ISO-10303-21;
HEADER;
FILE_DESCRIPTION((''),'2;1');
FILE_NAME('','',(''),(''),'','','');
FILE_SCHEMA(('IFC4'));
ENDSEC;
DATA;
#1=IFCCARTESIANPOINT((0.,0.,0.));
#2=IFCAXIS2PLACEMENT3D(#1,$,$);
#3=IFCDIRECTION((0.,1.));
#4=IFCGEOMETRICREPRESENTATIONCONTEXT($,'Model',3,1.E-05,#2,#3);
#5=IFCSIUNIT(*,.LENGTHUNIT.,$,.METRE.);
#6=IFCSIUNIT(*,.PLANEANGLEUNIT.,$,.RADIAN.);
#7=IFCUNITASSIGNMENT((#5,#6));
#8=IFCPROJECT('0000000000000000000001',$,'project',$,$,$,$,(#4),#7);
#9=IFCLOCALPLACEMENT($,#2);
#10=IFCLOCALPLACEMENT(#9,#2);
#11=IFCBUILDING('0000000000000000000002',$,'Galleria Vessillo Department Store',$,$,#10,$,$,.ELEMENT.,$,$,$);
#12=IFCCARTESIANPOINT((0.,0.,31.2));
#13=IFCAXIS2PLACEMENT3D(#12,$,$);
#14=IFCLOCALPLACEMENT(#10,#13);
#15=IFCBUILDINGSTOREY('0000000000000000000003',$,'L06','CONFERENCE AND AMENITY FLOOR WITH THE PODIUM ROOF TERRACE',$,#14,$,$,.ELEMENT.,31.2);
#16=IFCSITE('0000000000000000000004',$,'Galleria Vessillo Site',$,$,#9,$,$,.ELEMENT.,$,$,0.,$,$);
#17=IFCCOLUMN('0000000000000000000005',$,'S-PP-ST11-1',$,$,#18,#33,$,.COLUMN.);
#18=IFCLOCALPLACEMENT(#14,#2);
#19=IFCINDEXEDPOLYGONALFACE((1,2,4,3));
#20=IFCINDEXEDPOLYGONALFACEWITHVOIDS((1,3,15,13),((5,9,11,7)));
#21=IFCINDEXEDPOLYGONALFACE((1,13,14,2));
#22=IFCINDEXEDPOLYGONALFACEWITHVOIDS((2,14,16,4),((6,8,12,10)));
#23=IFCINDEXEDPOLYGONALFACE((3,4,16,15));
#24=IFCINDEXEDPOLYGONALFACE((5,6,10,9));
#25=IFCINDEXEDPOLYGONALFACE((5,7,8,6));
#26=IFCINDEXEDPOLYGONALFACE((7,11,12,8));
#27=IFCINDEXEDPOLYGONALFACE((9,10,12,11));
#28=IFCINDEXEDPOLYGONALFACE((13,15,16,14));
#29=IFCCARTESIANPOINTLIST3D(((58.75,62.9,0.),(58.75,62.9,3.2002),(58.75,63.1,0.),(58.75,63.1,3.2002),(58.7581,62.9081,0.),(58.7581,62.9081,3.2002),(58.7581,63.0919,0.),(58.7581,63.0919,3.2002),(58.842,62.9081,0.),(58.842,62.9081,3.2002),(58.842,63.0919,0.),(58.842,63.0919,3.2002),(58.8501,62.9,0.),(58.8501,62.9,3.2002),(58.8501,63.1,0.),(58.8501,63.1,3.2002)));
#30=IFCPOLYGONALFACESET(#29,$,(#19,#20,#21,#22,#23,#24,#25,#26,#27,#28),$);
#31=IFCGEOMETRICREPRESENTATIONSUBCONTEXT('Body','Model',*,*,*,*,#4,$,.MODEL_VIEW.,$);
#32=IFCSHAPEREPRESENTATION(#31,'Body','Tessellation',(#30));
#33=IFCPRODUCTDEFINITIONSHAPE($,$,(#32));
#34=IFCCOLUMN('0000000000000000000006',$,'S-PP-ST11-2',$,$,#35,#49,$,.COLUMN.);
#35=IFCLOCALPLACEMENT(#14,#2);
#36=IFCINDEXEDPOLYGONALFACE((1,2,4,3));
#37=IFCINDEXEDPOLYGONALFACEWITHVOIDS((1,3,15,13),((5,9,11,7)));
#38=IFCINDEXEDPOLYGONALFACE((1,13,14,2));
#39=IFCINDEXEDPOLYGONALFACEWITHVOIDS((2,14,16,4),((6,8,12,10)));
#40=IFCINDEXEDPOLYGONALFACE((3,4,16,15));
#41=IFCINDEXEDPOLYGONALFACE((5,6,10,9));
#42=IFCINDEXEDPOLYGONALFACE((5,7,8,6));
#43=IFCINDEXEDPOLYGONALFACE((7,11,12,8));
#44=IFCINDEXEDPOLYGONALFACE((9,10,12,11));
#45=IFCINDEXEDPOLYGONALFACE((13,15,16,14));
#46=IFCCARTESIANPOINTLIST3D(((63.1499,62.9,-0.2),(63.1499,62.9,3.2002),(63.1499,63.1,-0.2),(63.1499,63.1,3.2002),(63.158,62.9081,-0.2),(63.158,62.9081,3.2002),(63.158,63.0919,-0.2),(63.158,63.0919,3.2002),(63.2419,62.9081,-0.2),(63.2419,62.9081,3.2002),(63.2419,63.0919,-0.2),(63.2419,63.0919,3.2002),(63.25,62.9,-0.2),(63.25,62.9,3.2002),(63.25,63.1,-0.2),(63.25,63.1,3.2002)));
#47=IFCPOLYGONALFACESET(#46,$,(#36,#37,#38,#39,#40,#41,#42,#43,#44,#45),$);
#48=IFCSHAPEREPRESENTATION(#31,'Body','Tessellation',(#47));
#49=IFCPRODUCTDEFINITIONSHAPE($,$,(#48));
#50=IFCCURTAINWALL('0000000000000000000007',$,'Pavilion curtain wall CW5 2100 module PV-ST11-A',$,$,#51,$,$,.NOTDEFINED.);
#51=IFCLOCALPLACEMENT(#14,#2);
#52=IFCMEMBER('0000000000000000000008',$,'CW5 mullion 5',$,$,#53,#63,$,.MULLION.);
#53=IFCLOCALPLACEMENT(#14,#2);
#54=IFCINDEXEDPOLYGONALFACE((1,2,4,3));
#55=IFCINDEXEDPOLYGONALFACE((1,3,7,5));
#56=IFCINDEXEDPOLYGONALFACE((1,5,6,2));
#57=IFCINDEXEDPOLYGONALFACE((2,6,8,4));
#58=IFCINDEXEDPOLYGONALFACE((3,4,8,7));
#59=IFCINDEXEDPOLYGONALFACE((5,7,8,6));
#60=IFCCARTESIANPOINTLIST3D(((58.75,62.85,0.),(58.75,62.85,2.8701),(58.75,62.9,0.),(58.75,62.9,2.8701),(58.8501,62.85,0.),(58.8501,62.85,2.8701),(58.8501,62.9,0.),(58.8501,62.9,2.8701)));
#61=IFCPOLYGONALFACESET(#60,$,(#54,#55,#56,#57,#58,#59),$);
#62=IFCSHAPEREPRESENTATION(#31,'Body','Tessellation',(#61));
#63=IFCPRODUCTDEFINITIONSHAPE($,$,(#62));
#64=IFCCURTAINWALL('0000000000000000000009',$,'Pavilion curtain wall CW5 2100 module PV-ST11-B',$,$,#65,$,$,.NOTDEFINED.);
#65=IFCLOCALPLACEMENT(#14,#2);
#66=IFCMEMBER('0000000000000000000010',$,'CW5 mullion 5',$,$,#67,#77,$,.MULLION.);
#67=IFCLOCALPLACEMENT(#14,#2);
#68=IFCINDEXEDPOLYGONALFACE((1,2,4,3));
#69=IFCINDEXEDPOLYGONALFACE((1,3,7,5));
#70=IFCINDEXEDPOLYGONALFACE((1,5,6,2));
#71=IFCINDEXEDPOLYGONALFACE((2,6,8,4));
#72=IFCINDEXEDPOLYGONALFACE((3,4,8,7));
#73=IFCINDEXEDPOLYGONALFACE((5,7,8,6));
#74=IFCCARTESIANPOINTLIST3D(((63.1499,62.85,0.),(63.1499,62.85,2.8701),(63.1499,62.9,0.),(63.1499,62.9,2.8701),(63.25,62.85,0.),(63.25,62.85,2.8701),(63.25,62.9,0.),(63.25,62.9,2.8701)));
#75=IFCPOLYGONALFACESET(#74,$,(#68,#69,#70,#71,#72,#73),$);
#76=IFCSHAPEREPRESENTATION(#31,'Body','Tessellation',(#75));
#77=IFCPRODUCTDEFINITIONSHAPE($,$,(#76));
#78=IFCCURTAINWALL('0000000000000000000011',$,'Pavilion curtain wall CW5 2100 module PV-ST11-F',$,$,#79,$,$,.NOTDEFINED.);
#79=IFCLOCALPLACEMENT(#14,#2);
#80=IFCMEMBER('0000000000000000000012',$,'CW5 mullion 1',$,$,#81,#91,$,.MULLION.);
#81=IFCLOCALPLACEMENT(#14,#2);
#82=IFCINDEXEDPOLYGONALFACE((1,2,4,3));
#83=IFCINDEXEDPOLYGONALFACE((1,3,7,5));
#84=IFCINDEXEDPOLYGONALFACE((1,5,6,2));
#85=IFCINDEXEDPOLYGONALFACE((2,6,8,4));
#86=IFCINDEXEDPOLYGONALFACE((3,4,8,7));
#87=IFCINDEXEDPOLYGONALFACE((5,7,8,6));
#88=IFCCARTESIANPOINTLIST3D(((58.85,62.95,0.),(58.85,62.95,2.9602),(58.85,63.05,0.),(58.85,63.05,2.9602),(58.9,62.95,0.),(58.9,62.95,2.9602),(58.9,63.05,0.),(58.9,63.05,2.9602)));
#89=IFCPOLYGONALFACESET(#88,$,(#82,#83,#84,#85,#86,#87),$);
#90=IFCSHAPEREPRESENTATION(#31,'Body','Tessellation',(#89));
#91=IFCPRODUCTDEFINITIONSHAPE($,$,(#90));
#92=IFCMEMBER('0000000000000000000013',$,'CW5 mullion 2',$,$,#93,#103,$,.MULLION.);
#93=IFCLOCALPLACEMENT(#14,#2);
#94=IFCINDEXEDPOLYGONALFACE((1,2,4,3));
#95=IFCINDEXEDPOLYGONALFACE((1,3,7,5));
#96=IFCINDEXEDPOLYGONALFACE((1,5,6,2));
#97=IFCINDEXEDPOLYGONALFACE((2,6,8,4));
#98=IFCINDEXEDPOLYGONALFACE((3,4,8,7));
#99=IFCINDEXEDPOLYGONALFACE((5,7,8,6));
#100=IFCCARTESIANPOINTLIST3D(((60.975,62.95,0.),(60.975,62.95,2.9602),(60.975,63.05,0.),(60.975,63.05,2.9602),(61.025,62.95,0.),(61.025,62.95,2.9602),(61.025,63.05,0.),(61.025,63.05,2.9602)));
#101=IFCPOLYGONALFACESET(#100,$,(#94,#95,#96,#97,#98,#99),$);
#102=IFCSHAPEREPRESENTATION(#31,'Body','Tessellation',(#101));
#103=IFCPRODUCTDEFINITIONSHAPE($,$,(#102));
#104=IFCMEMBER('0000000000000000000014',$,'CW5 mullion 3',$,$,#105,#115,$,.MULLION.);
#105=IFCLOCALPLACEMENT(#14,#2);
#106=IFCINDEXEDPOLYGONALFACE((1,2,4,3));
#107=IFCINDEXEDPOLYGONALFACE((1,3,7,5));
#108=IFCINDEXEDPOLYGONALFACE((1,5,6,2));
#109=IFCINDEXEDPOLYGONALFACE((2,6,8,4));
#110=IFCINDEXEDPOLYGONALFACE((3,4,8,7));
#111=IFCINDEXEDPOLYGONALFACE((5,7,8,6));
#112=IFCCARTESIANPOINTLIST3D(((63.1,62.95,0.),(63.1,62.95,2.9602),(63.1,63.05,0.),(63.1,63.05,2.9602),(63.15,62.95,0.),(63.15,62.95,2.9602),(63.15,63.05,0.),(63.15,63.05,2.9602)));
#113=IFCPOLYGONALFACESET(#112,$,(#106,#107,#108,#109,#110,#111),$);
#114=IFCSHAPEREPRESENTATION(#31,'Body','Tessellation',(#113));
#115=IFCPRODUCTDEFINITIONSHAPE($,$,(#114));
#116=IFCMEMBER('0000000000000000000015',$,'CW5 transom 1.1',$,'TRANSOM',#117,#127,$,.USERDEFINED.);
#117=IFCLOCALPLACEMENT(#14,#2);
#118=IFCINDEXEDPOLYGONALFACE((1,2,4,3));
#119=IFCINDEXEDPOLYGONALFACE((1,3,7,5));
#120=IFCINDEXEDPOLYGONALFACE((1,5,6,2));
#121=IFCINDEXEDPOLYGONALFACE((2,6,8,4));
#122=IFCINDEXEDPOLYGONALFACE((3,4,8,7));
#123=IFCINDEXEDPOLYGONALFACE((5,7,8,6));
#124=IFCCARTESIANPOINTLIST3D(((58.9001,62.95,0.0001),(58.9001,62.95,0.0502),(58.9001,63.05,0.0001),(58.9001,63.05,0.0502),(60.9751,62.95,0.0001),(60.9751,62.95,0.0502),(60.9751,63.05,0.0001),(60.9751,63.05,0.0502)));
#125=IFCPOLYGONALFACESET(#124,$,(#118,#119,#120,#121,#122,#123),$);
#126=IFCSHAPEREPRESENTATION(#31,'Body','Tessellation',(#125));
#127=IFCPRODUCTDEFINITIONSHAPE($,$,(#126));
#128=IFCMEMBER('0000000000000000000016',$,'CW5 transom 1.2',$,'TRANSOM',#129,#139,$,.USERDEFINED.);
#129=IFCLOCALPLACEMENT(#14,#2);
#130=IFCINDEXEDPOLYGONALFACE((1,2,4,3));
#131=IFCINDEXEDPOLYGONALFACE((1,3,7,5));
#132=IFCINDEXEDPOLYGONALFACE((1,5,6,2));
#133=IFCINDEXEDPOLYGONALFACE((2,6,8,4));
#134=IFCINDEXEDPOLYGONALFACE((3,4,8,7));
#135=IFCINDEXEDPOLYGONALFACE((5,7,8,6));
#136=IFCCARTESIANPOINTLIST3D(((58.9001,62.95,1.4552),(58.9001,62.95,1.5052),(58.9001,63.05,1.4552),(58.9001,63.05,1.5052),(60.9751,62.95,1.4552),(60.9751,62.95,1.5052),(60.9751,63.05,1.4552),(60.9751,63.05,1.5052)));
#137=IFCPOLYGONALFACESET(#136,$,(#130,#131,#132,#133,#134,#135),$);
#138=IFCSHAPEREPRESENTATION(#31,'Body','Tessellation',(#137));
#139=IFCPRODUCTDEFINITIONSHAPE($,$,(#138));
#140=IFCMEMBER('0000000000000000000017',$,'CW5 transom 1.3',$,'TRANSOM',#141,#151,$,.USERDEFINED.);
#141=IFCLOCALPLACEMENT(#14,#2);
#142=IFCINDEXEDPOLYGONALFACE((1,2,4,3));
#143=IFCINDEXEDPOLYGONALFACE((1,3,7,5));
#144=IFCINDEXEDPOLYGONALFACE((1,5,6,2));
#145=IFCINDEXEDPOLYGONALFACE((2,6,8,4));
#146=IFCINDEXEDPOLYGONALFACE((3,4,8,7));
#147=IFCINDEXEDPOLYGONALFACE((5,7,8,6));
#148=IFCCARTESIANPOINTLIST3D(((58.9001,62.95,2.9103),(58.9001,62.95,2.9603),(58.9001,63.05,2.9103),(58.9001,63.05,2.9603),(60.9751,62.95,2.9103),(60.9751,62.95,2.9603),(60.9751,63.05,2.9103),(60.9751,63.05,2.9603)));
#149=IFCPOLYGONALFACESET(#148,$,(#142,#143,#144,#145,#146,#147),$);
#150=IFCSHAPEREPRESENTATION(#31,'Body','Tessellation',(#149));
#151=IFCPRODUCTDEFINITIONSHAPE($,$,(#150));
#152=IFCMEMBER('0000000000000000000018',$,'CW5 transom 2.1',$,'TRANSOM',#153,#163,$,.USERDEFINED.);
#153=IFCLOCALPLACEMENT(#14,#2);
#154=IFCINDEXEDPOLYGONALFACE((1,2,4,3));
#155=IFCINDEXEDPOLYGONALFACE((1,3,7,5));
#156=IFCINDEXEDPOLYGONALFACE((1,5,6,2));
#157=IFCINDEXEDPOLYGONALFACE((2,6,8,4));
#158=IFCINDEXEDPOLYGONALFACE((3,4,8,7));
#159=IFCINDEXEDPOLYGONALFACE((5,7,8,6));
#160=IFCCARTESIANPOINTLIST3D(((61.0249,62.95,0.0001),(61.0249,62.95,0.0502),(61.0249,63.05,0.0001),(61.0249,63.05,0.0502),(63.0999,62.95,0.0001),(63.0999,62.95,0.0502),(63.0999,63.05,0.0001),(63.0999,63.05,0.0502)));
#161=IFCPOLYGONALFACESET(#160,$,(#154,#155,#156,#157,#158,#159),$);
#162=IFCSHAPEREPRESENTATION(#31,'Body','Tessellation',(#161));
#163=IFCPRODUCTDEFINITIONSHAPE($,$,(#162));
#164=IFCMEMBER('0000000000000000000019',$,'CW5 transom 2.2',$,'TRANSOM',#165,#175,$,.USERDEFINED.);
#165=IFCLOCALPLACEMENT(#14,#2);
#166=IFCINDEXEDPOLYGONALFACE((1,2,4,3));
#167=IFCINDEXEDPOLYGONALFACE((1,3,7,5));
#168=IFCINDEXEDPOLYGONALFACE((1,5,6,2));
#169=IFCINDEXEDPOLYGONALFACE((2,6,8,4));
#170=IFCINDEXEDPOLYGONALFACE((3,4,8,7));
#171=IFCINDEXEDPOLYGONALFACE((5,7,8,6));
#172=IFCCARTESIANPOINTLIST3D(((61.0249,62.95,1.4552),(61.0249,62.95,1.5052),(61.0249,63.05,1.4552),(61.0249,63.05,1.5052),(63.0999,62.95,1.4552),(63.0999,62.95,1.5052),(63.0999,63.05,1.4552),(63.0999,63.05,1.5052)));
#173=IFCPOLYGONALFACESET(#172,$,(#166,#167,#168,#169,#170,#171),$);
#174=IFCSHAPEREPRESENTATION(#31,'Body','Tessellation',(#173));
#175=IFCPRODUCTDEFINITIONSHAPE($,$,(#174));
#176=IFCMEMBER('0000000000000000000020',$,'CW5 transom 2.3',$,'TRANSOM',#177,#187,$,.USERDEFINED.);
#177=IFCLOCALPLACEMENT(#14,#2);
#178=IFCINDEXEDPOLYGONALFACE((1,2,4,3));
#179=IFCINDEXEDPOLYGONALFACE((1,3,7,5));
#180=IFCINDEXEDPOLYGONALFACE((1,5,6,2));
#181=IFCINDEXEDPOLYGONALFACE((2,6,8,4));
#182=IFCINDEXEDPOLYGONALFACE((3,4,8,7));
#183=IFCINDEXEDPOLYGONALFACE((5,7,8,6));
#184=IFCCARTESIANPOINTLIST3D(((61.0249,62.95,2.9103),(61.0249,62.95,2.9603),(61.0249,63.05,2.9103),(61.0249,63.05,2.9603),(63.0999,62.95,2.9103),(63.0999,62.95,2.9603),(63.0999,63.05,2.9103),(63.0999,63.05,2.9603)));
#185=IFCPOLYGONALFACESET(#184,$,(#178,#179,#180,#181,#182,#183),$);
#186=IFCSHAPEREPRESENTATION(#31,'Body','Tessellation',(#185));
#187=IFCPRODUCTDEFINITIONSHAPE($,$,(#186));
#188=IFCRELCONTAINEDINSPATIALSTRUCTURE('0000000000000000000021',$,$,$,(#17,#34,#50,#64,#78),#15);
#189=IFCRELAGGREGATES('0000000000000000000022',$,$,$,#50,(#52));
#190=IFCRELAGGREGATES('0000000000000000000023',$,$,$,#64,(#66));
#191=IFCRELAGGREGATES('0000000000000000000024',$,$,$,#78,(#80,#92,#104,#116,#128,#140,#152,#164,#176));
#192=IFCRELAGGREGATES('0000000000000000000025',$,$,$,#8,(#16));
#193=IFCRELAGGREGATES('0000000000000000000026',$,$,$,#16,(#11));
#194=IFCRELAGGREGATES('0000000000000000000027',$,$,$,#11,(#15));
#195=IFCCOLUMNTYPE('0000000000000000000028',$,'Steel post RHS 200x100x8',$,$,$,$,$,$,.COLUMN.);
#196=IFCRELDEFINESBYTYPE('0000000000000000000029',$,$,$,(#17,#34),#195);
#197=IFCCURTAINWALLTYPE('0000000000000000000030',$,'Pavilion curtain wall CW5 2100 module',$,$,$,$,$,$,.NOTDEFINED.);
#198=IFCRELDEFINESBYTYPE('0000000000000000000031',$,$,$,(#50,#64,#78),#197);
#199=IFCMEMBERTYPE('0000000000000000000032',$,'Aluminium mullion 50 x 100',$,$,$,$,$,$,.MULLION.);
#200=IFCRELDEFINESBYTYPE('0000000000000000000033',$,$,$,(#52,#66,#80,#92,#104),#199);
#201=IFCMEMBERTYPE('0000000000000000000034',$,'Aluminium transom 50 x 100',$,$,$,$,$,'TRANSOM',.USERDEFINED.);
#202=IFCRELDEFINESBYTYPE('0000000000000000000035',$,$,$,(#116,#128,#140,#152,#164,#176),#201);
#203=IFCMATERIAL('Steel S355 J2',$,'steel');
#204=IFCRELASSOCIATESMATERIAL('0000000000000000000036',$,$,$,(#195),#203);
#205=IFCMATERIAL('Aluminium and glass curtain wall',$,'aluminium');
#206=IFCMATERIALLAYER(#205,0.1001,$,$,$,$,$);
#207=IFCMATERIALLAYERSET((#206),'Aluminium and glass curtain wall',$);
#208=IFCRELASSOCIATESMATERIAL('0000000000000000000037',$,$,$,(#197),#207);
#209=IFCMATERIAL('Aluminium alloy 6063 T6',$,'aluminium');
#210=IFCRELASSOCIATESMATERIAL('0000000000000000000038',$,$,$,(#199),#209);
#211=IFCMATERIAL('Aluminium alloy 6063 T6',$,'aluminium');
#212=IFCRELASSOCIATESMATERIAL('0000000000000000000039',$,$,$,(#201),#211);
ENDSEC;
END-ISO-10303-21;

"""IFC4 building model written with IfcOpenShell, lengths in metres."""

from ifc_helpers import new_model, si_unit, direction, frame, origin, origin_2d, place, context, subcontext, project, spatial, rectangle, hollow_rectangle, extrude, material, layer, layer_set, material_profile, profile_set, type_object, element, aggregate, save


model = new_model("IFC4")

# Units and contexts
model_context = context("Model", 3, precision=1e-05, world=origin(), true_north=direction((0.0, 1.0)))
body_context = subcontext(model_context, "Body", "Model", "MODEL_VIEW")
ifc_project = project(units=[si_unit("LENGTHUNIT", "METRE"), si_unit("PLANEANGLEUNIT", "RADIAN")], contexts=[model_context])

# Site, building, storey
site_placement = place(None, origin())
site = spatial("IfcSite", under=ifc_project, at=site_placement, Name="Galleria Vessillo Site", CompositionType="ELEMENT", RefElevation=0.0)
building_placement = place(site_placement, origin())
building = spatial("IfcBuilding", under=site, at=building_placement, Name="Galleria Vessillo Department Store", CompositionType="ELEMENT")
storey_placement = place(building_placement, frame((0.0, 0.0, 31.2)))
storey = spatial("IfcBuildingStorey", under=building, at=storey_placement, Name="L06", Description="CONFERENCE AND AMENITY FLOOR WITH THE PODIUM ROOF TERRACE", CompositionType="ELEMENT", Elevation=31.2)

# Columns
ifc_material_1 = material(Name="Steel S355 J2", Category="steel")
ifc_material_profile_1 = material_profile(ifc_material_1, hollow_rectangle(XDim=0.1001, YDim=0.2, WallThickness=0.0081, at=origin_2d()), Name="RHS 200x100x8")
ifc_profile_set_1 = profile_set([ifc_material_profile_1], Name="Steel S355 J2")
column_type = type_object("IfcColumnType", Name="Steel post RHS 200x100x8", PredefinedType="COLUMN", material=ifc_profile_set_1)
column_1_placement = place(storey_placement, frame((58.8, 63.0, 0.0), z_axis=(0.0, 0.0, 1.0), x_axis=(1.0, 0.0, 0.0)))
element("IfcColumn", 1, at=column_1_placement, inside=storey, type_object=column_type, Name="S-PP-ST11-1", PredefinedType="COLUMN", context=body_context, shape_type="SweptSolid", body=[
    extrude(hollow_rectangle(XDim=0.1001, YDim=0.2, WallThickness=0.0081, at=origin_2d()), origin(), (0.0, 0.0, 1.0), 3.2002),
])
column_2_placement = place(storey_placement, frame((63.2, 63.0, -0.2), z_axis=(0.0, 0.0, 1.0), x_axis=(1.0, 0.0, 0.0)))
element("IfcColumn", 2, at=column_2_placement, inside=storey, type_object=column_type, Name="S-PP-ST11-2", PredefinedType="COLUMN", context=body_context, shape_type="SweptSolid", body=[
    extrude(hollow_rectangle(XDim=0.1001, YDim=0.2, WallThickness=0.0081, at=origin_2d()), origin(), (0.0, 0.0, 1.0), 3.4001),
])

# Curtain walls, members
ifc_material_2 = material(Name="Aluminium and glass curtain wall", Category="aluminium")
ifc_layer_1 = layer(ifc_material_2, 0.1001)
ifc_layer_set_1 = layer_set([ifc_layer_1], Name="Aluminium and glass curtain wall")
curtain_wall_type = type_object("IfcCurtainWallType", Name="Pavilion curtain wall CW5 2100 module", PredefinedType="NOTDEFINED", material=ifc_layer_set_1)
curtain_wall_1_placement = place(storey_placement, origin())
curtain_wall_1 = element("IfcCurtainWall", 3, at=curtain_wall_1_placement, inside=storey, type_object=curtain_wall_type, Name="Pavilion curtain wall CW5 2100 module PV-ST11-A", PredefinedType="NOTDEFINED")
ifc_material_3 = material(Name="Aluminium alloy 6063 T6", Category="aluminium")
ifc_material_profile_2 = material_profile(ifc_material_3, rectangle(XDim=0.1001, YDim=0.05, at=origin_2d()), Name="AL 50x100")
ifc_profile_set_2 = profile_set([ifc_material_profile_2], Name="Aluminium alloy 6063 T6")
member_type_1 = type_object("IfcMemberType", Name="Aluminium mullion 50 x 100", PredefinedType="MULLION", material=ifc_profile_set_2)
member_1_placement = place(storey_placement, frame((58.8, 62.875, 0.0), z_axis=(0.0, 0.0, 1.0), x_axis=(-1.0, 0.0, 0.0)))
member_1 = element("IfcMember", 4, at=member_1_placement, type_object=member_type_1, Name="CW5 mullion 5", PredefinedType="MULLION", context=body_context, shape_type="SweptSolid", body=[
    extrude(rectangle(XDim=0.1001, YDim=0.05, at=origin_2d()), origin(), (0.0, 0.0, 1.0), 2.8701),
])
curtain_wall_2_placement = place(storey_placement, origin())
curtain_wall_2 = element("IfcCurtainWall", 5, at=curtain_wall_2_placement, inside=storey, type_object=curtain_wall_type, Name="Pavilion curtain wall CW5 2100 module PV-ST11-B", PredefinedType="NOTDEFINED")
member_2_placement = place(storey_placement, frame((63.2, 62.875, 0.0), z_axis=(0.0, 0.0, 1.0), x_axis=(-1.0, 0.0, 0.0)))
member_2 = element("IfcMember", 6, at=member_2_placement, type_object=member_type_1, Name="CW5 mullion 5", PredefinedType="MULLION", context=body_context, shape_type="SweptSolid", body=[
    extrude(rectangle(XDim=0.1001, YDim=0.05, at=origin_2d()), origin(), (0.0, 0.0, 1.0), 2.8701),
])

# Curtain wall, members
curtain_wall_3_placement = place(storey_placement, origin())
curtain_wall_3 = element("IfcCurtainWall", 7, at=curtain_wall_3_placement, inside=storey, type_object=curtain_wall_type, Name="Pavilion curtain wall CW5 2100 module PV-ST11-F", PredefinedType="NOTDEFINED")
member_3_placement = place(storey_placement, frame((58.875, 63.0, 0.0), z_axis=(0.0, 0.0, 1.0), x_axis=(0.0, 1.0, 0.0)))
member_3 = element("IfcMember", 8, at=member_3_placement, type_object=member_type_1, Name="CW5 mullion 1", PredefinedType="MULLION", context=body_context, shape_type="SweptSolid", body=[
    extrude(rectangle(XDim=0.1001, YDim=0.05, at=origin_2d()), origin(), (0.0, 0.0, 1.0), 2.9602),
])
member_4_placement = place(storey_placement, frame((61.0, 63.0, 0.0), z_axis=(0.0, 0.0, 1.0), x_axis=(0.0, 1.0, 0.0)))
member_4 = element("IfcMember", 9, at=member_4_placement, type_object=member_type_1, Name="CW5 mullion 2", PredefinedType="MULLION", context=body_context, shape_type="SweptSolid", body=[
    extrude(rectangle(XDim=0.1001, YDim=0.05, at=origin_2d()), origin(), (0.0, 0.0, 1.0), 2.9602),
])
member_5_placement = place(storey_placement, frame((63.125, 63.0, 0.0), z_axis=(0.0, 0.0, 1.0), x_axis=(0.0, 1.0, 0.0)))
member_5 = element("IfcMember", 10, at=member_5_placement, type_object=member_type_1, Name="CW5 mullion 3", PredefinedType="MULLION", context=body_context, shape_type="SweptSolid", body=[
    extrude(rectangle(XDim=0.1001, YDim=0.05, at=origin_2d()), origin(), (0.0, 0.0, 1.0), 2.9602),
])
ifc_material_4 = material(Name="Aluminium alloy 6063 T6", Category="aluminium")
ifc_material_profile_3 = material_profile(ifc_material_4, rectangle(XDim=0.1001, YDim=0.05, at=origin_2d()), Name="AL 50x100")
ifc_profile_set_3 = profile_set([ifc_material_profile_3], Name="Aluminium alloy 6063 T6")
member_type_2 = type_object("IfcMemberType", Name="Aluminium transom 50 x 100", ElementType="TRANSOM", PredefinedType="USERDEFINED", material=ifc_profile_set_3)
member_6_placement = place(storey_placement, frame((58.9001, 63.0, 0.0251), z_axis=(1.0, 0.0, 0.0), x_axis=(0.0, 1.0, 0.0)))
member_6 = element("IfcMember", 11, at=member_6_placement, type_object=member_type_2, Name="CW5 transom 1.1", ObjectType="TRANSOM", PredefinedType="USERDEFINED", context=body_context, shape_type="SweptSolid", body=[
    extrude(rectangle(XDim=0.1001, YDim=0.05, at=origin_2d()), origin(), (0.0, 0.0, 1.0), 2.075),
])
member_7_placement = place(storey_placement, frame((58.9001, 63.0, 1.4802), z_axis=(1.0, 0.0, 0.0), x_axis=(0.0, 1.0, 0.0)))
member_7 = element("IfcMember", 12, at=member_7_placement, type_object=member_type_2, Name="CW5 transom 1.2", ObjectType="TRANSOM", PredefinedType="USERDEFINED", context=body_context, shape_type="SweptSolid", body=[
    extrude(rectangle(XDim=0.1001, YDim=0.05, at=origin_2d()), origin(), (0.0, 0.0, 1.0), 2.075),
])
member_8_placement = place(storey_placement, frame((58.9001, 63.0, 2.9353), z_axis=(1.0, 0.0, 0.0), x_axis=(0.0, 1.0, 0.0)))
member_8 = element("IfcMember", 13, at=member_8_placement, type_object=member_type_2, Name="CW5 transom 1.3", ObjectType="TRANSOM", PredefinedType="USERDEFINED", context=body_context, shape_type="SweptSolid", body=[
    extrude(rectangle(XDim=0.1001, YDim=0.05, at=origin_2d()), origin(), (0.0, 0.0, 1.0), 2.075),
])
member_9_placement = place(storey_placement, frame((61.0249, 63.0, 0.0251), z_axis=(1.0, 0.0, 0.0), x_axis=(0.0, 1.0, 0.0)))
member_9 = element("IfcMember", 14, at=member_9_placement, type_object=member_type_2, Name="CW5 transom 2.1", ObjectType="TRANSOM", PredefinedType="USERDEFINED", context=body_context, shape_type="SweptSolid", body=[
    extrude(rectangle(XDim=0.1001, YDim=0.05, at=origin_2d()), origin(), (0.0, 0.0, 1.0), 2.075),
])
member_10_placement = place(storey_placement, frame((61.0249, 63.0, 1.4802), z_axis=(1.0, 0.0, 0.0), x_axis=(0.0, 1.0, 0.0)))
member_10 = element("IfcMember", 15, at=member_10_placement, type_object=member_type_2, Name="CW5 transom 2.2", ObjectType="TRANSOM", PredefinedType="USERDEFINED", context=body_context, shape_type="SweptSolid", body=[
    extrude(rectangle(XDim=0.1001, YDim=0.05, at=origin_2d()), origin(), (0.0, 0.0, 1.0), 2.075),
])
member_11_placement = place(storey_placement, frame((61.0249, 63.0, 2.9353), z_axis=(1.0, 0.0, 0.0), x_axis=(0.0, 1.0, 0.0)))
member_11 = element("IfcMember", 16, at=member_11_placement, type_object=member_type_2, Name="CW5 transom 2.3", ObjectType="TRANSOM", PredefinedType="USERDEFINED", context=body_context, shape_type="SweptSolid", body=[
    extrude(rectangle(XDim=0.1001, YDim=0.05, at=origin_2d()), origin(), (0.0, 0.0, 1.0), 2.075),
])

aggregate(curtain_wall_1, [member_1])
aggregate(curtain_wall_2, [member_2])
aggregate(curtain_wall_3, [member_3, member_4, member_5, member_6, member_7, member_8, member_9, member_10, member_11])

save(model, "model.ifc")
